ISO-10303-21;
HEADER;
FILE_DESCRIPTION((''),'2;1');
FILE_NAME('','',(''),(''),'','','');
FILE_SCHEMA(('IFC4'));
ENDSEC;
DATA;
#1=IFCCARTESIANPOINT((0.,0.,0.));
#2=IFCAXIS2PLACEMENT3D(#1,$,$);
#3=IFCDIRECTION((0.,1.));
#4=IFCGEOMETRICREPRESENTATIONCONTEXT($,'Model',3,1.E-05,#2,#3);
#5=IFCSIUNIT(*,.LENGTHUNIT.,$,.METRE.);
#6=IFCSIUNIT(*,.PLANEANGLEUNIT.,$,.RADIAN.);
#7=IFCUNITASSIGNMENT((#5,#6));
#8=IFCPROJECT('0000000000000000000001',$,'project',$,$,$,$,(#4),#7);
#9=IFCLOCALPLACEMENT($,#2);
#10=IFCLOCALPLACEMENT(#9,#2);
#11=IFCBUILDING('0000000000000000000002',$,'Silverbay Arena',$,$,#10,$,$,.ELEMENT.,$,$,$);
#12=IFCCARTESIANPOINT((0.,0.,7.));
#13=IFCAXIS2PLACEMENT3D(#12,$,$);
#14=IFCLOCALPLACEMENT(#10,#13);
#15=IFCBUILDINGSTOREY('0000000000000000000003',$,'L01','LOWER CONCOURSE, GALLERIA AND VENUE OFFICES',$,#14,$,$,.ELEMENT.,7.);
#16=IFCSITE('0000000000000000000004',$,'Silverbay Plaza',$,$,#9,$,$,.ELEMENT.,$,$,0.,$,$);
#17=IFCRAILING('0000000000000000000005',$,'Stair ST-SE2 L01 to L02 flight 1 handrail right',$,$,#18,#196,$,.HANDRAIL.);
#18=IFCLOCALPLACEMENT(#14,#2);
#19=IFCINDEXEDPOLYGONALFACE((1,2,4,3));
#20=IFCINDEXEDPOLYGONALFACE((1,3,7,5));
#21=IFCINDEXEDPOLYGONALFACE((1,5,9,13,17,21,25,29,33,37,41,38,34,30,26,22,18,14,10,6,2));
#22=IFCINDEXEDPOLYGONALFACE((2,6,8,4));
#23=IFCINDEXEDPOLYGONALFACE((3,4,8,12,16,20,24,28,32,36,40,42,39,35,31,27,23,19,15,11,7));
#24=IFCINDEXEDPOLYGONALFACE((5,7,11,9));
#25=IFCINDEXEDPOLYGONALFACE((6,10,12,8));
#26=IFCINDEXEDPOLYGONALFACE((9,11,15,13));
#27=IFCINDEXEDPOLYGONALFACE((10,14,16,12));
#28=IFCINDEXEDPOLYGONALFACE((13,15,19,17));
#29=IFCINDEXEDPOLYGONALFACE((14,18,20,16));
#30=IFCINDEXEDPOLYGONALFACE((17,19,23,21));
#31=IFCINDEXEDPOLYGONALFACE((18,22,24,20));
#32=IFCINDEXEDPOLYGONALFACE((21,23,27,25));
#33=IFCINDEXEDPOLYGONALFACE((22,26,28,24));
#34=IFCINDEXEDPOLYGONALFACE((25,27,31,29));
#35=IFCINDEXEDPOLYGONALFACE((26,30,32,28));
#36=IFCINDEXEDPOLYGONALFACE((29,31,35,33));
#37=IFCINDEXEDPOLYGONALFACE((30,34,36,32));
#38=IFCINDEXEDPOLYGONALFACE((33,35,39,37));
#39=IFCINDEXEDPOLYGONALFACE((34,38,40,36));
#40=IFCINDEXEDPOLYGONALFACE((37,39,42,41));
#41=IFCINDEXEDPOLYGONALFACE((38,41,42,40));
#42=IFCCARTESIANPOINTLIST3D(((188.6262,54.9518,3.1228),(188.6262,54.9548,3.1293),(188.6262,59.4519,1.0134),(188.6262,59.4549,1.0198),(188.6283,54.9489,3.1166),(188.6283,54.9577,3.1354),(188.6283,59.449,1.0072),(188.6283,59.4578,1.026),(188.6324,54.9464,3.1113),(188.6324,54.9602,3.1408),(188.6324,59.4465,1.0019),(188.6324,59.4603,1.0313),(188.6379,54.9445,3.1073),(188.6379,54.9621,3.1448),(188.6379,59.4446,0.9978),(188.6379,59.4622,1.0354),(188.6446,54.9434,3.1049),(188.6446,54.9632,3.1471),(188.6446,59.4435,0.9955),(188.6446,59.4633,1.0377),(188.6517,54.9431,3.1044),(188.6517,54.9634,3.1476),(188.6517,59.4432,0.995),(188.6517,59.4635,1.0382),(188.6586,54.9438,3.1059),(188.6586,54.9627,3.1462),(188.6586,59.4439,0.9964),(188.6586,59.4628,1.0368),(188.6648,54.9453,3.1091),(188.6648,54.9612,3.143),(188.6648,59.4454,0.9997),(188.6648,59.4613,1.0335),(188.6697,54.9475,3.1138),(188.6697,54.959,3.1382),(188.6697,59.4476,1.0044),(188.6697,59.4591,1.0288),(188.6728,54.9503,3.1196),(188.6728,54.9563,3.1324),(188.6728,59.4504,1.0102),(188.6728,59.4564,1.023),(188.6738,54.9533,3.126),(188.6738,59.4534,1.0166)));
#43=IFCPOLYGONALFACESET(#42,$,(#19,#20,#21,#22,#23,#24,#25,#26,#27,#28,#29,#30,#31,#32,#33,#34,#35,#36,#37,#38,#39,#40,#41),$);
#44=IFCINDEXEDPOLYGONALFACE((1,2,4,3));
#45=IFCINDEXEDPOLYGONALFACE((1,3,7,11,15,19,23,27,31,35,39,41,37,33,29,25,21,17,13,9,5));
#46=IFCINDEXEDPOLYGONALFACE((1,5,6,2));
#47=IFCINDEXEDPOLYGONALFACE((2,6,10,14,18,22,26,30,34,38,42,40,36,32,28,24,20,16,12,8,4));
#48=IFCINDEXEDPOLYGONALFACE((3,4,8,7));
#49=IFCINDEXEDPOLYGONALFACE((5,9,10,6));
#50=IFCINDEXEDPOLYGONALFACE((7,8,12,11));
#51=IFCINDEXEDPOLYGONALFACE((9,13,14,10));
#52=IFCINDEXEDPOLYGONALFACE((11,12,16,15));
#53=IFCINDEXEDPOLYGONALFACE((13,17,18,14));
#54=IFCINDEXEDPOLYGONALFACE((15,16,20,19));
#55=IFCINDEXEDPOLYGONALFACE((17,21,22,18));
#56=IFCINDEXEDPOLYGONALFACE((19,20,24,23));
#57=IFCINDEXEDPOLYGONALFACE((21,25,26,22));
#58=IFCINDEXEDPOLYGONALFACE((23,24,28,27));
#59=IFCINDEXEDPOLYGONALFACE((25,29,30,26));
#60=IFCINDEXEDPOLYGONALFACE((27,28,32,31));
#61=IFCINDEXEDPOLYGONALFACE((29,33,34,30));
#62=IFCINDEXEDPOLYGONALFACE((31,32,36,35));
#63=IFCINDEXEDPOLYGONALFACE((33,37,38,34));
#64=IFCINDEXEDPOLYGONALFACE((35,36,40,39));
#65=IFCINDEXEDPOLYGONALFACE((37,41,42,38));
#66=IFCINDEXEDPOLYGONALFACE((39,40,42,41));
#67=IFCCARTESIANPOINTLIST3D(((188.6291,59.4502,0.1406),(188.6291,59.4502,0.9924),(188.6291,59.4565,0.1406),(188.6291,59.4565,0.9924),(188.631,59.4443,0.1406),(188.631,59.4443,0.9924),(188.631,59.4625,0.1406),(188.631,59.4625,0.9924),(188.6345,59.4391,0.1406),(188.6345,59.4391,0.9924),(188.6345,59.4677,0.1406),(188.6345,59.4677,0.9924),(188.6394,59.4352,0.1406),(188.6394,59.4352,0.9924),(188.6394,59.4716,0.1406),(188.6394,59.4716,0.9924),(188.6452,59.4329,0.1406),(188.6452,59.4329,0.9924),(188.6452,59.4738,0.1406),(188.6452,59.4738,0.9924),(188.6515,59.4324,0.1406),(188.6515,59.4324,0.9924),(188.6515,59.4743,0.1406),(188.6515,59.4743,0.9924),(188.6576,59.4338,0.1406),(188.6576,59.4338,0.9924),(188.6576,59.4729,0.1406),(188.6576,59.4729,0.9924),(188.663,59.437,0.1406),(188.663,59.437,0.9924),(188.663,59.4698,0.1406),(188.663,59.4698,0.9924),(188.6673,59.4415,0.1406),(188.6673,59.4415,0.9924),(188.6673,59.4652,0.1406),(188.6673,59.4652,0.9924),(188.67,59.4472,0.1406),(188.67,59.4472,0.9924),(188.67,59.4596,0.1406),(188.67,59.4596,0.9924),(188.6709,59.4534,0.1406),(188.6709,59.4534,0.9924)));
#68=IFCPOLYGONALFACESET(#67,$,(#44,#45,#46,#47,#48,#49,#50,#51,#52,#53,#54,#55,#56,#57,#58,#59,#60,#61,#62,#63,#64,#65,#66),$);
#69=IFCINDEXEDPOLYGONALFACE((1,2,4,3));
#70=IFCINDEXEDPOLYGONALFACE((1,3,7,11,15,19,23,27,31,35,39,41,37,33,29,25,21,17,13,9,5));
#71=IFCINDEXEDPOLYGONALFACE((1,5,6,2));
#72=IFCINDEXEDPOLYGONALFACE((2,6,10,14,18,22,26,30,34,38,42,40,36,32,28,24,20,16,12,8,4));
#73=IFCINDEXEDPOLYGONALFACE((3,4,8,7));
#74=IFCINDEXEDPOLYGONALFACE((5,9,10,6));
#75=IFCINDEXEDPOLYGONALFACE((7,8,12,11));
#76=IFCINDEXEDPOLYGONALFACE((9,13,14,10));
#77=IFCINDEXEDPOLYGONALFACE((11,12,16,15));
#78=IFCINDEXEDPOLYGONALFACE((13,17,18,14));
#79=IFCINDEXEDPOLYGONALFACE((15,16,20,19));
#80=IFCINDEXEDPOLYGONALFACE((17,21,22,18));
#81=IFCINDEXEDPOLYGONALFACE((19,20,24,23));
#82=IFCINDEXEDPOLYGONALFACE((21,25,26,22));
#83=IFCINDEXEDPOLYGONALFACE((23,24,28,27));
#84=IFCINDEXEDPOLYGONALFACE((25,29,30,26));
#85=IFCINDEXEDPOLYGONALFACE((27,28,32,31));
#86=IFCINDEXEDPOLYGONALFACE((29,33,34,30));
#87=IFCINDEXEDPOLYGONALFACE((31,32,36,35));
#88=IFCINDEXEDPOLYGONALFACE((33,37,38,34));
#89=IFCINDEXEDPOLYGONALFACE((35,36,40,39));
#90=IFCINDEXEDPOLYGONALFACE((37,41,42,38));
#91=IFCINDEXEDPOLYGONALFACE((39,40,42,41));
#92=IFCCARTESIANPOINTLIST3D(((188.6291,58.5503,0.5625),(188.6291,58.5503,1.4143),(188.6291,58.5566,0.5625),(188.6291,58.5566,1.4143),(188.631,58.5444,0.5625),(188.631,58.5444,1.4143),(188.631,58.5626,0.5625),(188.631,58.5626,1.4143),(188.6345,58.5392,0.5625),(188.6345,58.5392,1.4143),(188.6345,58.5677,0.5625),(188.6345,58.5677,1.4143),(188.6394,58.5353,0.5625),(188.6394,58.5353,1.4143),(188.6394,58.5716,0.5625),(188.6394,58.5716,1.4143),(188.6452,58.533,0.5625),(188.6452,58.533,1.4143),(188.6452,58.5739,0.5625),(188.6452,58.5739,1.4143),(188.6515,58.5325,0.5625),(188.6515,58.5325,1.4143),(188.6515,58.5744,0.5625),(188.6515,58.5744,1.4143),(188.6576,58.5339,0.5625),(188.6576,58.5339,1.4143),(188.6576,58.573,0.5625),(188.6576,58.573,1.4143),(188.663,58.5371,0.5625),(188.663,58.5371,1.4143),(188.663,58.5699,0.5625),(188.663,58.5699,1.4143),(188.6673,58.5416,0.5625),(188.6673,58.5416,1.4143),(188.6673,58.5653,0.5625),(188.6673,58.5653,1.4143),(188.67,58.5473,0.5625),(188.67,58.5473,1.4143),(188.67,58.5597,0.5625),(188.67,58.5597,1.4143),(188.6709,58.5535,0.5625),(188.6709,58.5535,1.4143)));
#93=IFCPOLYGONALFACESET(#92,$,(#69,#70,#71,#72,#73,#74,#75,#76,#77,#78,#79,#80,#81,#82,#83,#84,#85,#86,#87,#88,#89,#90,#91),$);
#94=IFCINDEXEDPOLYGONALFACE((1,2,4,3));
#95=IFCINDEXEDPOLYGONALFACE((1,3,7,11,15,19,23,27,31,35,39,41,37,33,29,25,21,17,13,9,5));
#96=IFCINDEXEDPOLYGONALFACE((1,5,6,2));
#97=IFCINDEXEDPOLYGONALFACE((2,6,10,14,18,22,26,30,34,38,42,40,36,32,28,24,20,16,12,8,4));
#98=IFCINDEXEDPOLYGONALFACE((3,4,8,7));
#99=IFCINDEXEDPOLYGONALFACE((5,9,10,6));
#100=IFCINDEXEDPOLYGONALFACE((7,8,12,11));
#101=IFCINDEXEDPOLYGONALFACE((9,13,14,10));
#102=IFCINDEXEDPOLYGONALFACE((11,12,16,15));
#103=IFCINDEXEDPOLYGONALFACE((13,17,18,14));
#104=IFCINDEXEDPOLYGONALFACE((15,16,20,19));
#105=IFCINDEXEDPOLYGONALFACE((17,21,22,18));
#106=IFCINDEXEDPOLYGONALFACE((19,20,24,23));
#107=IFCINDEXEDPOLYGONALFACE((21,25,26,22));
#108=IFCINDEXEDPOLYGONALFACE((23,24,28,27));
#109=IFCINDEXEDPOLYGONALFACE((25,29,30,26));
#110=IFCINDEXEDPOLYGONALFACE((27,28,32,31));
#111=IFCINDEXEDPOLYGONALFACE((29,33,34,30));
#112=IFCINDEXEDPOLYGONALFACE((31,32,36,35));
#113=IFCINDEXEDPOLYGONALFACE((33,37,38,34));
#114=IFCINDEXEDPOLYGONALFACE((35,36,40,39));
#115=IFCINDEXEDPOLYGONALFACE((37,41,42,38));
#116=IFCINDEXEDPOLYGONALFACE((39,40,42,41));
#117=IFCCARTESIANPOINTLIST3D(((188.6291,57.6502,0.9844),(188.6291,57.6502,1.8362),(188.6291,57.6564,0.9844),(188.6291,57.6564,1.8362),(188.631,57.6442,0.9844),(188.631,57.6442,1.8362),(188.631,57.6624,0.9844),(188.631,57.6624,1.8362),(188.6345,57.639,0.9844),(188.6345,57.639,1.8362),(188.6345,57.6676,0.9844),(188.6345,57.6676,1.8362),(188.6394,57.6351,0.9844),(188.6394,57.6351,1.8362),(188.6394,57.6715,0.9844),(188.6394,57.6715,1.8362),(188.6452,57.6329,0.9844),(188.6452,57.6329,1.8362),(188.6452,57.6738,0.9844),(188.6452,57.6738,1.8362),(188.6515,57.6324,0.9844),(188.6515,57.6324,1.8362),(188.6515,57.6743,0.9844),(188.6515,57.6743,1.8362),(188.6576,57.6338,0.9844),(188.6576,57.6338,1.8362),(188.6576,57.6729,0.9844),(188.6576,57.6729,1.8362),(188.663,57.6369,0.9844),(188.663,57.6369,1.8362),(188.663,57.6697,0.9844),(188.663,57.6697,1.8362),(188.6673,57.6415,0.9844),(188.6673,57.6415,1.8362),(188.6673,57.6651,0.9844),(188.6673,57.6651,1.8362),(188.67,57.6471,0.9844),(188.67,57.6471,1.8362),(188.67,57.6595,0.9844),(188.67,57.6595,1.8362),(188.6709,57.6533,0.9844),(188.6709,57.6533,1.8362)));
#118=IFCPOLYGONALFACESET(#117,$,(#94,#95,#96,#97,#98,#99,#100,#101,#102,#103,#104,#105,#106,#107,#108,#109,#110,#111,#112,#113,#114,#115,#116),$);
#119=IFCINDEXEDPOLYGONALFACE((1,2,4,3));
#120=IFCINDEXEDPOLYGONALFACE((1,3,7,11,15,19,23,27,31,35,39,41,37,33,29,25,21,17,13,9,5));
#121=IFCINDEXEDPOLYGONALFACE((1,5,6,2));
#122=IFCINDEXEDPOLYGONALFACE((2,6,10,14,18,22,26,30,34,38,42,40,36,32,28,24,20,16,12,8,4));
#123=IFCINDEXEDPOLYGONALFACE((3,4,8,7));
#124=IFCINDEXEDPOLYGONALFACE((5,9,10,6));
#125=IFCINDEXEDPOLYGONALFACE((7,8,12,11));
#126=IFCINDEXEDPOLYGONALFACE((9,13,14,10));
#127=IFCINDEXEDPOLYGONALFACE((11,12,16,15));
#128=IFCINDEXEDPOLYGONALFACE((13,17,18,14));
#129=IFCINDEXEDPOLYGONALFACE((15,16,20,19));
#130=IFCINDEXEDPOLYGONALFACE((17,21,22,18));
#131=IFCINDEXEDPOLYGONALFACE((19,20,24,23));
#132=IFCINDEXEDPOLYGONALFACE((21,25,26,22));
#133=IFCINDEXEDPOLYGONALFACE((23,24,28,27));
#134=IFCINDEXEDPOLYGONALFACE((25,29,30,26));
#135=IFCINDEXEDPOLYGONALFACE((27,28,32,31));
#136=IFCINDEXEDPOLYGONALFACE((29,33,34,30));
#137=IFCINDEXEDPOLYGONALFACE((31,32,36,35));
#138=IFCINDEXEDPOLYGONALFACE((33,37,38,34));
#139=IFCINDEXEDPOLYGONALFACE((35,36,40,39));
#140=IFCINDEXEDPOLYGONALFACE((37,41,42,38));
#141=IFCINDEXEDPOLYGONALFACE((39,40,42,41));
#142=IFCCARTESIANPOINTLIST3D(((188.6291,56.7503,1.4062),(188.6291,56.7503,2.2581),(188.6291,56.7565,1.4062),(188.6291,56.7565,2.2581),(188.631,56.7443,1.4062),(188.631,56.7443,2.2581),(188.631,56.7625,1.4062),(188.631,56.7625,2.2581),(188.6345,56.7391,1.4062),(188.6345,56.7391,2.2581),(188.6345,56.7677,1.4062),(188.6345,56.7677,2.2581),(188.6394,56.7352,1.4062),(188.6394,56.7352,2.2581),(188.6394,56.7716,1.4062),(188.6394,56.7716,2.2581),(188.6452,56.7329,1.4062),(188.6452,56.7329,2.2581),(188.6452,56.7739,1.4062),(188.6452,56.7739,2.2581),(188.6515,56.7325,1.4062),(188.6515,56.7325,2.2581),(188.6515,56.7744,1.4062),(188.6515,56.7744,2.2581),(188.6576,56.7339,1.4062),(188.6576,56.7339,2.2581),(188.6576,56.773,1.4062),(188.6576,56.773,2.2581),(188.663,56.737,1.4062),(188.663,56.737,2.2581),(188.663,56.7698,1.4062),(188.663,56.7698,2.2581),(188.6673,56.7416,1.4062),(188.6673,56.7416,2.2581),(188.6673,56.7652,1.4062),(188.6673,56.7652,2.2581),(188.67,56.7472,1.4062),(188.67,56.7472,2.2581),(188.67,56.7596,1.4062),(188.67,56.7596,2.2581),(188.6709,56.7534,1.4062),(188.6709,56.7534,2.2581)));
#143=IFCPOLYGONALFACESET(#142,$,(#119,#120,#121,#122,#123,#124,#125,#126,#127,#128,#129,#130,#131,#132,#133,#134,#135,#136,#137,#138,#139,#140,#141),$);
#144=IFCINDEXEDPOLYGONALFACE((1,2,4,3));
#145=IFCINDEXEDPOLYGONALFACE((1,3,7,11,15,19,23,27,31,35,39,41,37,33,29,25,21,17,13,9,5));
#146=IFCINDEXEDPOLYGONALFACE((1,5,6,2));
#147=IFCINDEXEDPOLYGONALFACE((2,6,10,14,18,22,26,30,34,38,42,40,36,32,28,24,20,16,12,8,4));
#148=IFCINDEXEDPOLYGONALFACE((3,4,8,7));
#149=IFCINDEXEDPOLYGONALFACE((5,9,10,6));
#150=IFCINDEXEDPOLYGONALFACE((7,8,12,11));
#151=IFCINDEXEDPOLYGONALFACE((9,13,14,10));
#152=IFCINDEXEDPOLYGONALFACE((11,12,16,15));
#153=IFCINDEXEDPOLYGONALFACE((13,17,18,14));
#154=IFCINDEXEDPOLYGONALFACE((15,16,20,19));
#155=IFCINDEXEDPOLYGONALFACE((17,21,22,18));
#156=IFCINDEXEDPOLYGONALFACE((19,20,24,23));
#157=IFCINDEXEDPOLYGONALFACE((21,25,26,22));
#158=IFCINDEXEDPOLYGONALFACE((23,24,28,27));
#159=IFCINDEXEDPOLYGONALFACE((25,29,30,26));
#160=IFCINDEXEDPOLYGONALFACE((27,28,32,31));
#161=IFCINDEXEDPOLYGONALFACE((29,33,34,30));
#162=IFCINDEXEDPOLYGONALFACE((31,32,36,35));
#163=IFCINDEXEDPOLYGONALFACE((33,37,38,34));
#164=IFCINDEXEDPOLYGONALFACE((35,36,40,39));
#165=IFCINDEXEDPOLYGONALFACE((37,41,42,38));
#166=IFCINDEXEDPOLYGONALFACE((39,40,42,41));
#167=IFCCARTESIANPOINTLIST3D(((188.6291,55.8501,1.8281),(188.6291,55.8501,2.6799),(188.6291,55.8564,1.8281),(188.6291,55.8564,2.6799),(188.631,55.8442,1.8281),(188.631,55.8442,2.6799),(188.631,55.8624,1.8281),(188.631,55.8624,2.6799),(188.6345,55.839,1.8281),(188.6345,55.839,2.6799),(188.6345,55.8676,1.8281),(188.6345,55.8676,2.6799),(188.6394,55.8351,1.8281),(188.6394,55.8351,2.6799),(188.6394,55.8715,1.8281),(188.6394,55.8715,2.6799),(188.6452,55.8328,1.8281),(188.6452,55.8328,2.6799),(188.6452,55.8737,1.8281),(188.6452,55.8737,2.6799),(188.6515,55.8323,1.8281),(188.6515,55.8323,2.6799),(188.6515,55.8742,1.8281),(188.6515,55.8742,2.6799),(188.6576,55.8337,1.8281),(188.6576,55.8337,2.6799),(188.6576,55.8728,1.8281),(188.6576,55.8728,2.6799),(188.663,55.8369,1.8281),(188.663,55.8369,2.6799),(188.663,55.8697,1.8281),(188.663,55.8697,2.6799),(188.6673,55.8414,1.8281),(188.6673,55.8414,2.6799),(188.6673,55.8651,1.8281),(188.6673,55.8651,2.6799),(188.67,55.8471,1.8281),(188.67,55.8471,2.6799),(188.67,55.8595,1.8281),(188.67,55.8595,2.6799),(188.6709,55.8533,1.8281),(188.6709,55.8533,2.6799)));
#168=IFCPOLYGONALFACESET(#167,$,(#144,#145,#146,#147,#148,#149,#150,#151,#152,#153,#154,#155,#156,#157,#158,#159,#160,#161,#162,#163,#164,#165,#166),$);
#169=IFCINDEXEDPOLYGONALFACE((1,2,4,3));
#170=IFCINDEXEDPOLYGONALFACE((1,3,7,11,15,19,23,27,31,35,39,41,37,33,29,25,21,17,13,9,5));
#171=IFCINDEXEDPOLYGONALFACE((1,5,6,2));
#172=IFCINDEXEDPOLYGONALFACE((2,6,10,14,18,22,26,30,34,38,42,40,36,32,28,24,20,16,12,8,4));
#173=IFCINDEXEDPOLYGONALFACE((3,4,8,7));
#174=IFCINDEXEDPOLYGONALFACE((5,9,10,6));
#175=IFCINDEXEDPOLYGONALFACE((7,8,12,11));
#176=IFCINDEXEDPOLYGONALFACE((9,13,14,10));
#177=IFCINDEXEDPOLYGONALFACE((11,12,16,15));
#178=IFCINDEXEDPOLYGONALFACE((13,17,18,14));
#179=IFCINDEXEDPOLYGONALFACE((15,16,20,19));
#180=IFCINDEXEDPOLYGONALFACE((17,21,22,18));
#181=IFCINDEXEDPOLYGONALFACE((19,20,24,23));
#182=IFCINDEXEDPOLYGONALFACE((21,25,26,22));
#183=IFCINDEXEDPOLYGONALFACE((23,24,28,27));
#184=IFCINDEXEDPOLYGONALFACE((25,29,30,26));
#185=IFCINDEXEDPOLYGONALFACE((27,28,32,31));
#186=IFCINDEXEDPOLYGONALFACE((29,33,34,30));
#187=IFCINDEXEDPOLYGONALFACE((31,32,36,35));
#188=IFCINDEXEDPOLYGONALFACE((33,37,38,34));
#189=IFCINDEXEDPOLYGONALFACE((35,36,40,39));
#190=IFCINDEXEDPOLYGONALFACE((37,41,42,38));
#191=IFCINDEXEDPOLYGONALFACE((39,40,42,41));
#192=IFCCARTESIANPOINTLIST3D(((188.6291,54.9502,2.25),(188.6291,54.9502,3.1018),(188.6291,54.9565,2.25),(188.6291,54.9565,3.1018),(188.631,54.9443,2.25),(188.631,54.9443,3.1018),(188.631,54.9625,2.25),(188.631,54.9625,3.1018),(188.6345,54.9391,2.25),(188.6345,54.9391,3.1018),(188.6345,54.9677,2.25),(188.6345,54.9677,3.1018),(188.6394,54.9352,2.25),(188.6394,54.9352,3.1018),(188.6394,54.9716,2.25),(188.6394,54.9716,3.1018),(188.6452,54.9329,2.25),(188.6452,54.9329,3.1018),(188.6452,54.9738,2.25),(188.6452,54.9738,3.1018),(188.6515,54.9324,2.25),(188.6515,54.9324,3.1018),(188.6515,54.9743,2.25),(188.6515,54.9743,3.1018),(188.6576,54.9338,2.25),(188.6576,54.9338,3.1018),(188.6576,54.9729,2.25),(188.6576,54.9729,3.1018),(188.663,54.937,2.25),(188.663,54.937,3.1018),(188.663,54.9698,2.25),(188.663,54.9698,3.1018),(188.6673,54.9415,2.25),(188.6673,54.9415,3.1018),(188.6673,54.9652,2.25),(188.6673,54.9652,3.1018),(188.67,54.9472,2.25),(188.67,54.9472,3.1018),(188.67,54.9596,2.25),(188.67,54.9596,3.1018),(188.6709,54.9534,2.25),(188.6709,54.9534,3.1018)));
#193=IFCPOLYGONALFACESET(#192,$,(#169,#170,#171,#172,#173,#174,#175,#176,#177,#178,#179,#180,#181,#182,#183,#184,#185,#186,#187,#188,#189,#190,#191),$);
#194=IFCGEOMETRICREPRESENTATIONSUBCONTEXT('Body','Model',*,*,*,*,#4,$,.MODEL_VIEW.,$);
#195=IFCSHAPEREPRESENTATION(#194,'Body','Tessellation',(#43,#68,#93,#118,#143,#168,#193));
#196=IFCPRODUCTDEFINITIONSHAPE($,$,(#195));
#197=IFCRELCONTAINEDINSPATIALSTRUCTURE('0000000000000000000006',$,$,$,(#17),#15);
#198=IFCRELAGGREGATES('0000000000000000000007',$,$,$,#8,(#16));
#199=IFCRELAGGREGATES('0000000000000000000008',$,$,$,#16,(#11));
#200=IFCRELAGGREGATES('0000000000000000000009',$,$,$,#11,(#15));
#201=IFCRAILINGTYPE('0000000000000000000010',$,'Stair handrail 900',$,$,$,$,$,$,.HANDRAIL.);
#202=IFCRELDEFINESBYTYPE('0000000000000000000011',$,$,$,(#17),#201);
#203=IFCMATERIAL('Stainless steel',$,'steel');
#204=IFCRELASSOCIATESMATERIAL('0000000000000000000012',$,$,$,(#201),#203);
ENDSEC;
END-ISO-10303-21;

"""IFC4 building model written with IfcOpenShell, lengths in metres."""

from ifc_helpers import new_model, si_unit, direction, frame, origin, origin_2d, place, context, subcontext, project, spatial, circle, extrude, material, type_object, element, save


model = new_model("IFC4")

# Units and contexts
model_context = context("Model", 3, precision=1e-05, world=origin(), true_north=direction((0.0, 1.0)))
body_context = subcontext(model_context, "Body", "Model", "MODEL_VIEW")
ifc_project = project(units=[si_unit("LENGTHUNIT", "METRE"), si_unit("PLANEANGLEUNIT", "RADIAN")], contexts=[model_context])

# Site, building, storey
site_placement = place(None, origin())
site = spatial("IfcSite", under=ifc_project, at=site_placement, Name="Silverbay Plaza", CompositionType="ELEMENT", RefElevation=0.0)
building_placement = place(site_placement, origin())
building = spatial("IfcBuilding", under=site, at=building_placement, Name="Silverbay Arena", CompositionType="ELEMENT")
storey_placement = place(building_placement, frame((0.0, 0.0, 7.0)))
storey = spatial("IfcBuildingStorey", under=building, at=storey_placement, Name="L01", Description="LOWER CONCOURSE, GALLERIA AND VENUE OFFICES", CompositionType="ELEMENT", Elevation=7.0)

# Railing
ifc_material_1 = material(Name="Stainless steel", Category="steel")
railing_type_1 = type_object("IfcRailingType", Name="Stair handrail 900", PredefinedType="HANDRAIL", material=ifc_material_1)
for number, where, name in (
    (1, (188.6499, 59.4534, 0.1406), "Stair ST-SE2 L01 to L02 flight 1 handrail right"),
):
    element("IfcRailing", number, at=place(storey_placement, frame(where)), inside=storey, type_object=railing_type_1, Name=name, PredefinedType="HANDRAIL", context=body_context, shape_type="SweptSolid", body=[
        extrude(circle(Radius=0.0239, at=origin_2d()), frame((0.0, 0.0, 0.876), z_axis=(0.0, -0.905459, 0.424434), x_axis=(1.0, 0.0, 0.0)), (0.0, 0.0, 1.0), 4.97),
        extrude(circle(Radius=0.021, at=origin_2d()), origin(), (0.0, 0.0, 1.0), 0.8518),
        extrude(circle(Radius=0.021, at=origin_2d()), frame((0.0, -0.8999, 0.4219)), (0.0, 0.0, 1.0), 0.8518),
        extrude(circle(Radius=0.021, at=origin_2d()), frame((0.0, -1.8, 0.8438)), (0.0, 0.0, 1.0), 0.8518),
        extrude(circle(Radius=0.021, at=origin_2d()), frame((0.0, -2.7, 1.2656)), (0.0, 0.0, 1.0), 0.8518),
        extrude(circle(Radius=0.021, at=origin_2d()), frame((0.0, -3.6001, 1.6875)), (0.0, 0.0, 1.0), 0.8518),
        extrude(circle(Radius=0.021, at=origin_2d()), frame((0.0, -4.5, 2.1094)), (0.0, 0.0, 1.0), 0.8518),
    ])

save(model, "model.ifc")
